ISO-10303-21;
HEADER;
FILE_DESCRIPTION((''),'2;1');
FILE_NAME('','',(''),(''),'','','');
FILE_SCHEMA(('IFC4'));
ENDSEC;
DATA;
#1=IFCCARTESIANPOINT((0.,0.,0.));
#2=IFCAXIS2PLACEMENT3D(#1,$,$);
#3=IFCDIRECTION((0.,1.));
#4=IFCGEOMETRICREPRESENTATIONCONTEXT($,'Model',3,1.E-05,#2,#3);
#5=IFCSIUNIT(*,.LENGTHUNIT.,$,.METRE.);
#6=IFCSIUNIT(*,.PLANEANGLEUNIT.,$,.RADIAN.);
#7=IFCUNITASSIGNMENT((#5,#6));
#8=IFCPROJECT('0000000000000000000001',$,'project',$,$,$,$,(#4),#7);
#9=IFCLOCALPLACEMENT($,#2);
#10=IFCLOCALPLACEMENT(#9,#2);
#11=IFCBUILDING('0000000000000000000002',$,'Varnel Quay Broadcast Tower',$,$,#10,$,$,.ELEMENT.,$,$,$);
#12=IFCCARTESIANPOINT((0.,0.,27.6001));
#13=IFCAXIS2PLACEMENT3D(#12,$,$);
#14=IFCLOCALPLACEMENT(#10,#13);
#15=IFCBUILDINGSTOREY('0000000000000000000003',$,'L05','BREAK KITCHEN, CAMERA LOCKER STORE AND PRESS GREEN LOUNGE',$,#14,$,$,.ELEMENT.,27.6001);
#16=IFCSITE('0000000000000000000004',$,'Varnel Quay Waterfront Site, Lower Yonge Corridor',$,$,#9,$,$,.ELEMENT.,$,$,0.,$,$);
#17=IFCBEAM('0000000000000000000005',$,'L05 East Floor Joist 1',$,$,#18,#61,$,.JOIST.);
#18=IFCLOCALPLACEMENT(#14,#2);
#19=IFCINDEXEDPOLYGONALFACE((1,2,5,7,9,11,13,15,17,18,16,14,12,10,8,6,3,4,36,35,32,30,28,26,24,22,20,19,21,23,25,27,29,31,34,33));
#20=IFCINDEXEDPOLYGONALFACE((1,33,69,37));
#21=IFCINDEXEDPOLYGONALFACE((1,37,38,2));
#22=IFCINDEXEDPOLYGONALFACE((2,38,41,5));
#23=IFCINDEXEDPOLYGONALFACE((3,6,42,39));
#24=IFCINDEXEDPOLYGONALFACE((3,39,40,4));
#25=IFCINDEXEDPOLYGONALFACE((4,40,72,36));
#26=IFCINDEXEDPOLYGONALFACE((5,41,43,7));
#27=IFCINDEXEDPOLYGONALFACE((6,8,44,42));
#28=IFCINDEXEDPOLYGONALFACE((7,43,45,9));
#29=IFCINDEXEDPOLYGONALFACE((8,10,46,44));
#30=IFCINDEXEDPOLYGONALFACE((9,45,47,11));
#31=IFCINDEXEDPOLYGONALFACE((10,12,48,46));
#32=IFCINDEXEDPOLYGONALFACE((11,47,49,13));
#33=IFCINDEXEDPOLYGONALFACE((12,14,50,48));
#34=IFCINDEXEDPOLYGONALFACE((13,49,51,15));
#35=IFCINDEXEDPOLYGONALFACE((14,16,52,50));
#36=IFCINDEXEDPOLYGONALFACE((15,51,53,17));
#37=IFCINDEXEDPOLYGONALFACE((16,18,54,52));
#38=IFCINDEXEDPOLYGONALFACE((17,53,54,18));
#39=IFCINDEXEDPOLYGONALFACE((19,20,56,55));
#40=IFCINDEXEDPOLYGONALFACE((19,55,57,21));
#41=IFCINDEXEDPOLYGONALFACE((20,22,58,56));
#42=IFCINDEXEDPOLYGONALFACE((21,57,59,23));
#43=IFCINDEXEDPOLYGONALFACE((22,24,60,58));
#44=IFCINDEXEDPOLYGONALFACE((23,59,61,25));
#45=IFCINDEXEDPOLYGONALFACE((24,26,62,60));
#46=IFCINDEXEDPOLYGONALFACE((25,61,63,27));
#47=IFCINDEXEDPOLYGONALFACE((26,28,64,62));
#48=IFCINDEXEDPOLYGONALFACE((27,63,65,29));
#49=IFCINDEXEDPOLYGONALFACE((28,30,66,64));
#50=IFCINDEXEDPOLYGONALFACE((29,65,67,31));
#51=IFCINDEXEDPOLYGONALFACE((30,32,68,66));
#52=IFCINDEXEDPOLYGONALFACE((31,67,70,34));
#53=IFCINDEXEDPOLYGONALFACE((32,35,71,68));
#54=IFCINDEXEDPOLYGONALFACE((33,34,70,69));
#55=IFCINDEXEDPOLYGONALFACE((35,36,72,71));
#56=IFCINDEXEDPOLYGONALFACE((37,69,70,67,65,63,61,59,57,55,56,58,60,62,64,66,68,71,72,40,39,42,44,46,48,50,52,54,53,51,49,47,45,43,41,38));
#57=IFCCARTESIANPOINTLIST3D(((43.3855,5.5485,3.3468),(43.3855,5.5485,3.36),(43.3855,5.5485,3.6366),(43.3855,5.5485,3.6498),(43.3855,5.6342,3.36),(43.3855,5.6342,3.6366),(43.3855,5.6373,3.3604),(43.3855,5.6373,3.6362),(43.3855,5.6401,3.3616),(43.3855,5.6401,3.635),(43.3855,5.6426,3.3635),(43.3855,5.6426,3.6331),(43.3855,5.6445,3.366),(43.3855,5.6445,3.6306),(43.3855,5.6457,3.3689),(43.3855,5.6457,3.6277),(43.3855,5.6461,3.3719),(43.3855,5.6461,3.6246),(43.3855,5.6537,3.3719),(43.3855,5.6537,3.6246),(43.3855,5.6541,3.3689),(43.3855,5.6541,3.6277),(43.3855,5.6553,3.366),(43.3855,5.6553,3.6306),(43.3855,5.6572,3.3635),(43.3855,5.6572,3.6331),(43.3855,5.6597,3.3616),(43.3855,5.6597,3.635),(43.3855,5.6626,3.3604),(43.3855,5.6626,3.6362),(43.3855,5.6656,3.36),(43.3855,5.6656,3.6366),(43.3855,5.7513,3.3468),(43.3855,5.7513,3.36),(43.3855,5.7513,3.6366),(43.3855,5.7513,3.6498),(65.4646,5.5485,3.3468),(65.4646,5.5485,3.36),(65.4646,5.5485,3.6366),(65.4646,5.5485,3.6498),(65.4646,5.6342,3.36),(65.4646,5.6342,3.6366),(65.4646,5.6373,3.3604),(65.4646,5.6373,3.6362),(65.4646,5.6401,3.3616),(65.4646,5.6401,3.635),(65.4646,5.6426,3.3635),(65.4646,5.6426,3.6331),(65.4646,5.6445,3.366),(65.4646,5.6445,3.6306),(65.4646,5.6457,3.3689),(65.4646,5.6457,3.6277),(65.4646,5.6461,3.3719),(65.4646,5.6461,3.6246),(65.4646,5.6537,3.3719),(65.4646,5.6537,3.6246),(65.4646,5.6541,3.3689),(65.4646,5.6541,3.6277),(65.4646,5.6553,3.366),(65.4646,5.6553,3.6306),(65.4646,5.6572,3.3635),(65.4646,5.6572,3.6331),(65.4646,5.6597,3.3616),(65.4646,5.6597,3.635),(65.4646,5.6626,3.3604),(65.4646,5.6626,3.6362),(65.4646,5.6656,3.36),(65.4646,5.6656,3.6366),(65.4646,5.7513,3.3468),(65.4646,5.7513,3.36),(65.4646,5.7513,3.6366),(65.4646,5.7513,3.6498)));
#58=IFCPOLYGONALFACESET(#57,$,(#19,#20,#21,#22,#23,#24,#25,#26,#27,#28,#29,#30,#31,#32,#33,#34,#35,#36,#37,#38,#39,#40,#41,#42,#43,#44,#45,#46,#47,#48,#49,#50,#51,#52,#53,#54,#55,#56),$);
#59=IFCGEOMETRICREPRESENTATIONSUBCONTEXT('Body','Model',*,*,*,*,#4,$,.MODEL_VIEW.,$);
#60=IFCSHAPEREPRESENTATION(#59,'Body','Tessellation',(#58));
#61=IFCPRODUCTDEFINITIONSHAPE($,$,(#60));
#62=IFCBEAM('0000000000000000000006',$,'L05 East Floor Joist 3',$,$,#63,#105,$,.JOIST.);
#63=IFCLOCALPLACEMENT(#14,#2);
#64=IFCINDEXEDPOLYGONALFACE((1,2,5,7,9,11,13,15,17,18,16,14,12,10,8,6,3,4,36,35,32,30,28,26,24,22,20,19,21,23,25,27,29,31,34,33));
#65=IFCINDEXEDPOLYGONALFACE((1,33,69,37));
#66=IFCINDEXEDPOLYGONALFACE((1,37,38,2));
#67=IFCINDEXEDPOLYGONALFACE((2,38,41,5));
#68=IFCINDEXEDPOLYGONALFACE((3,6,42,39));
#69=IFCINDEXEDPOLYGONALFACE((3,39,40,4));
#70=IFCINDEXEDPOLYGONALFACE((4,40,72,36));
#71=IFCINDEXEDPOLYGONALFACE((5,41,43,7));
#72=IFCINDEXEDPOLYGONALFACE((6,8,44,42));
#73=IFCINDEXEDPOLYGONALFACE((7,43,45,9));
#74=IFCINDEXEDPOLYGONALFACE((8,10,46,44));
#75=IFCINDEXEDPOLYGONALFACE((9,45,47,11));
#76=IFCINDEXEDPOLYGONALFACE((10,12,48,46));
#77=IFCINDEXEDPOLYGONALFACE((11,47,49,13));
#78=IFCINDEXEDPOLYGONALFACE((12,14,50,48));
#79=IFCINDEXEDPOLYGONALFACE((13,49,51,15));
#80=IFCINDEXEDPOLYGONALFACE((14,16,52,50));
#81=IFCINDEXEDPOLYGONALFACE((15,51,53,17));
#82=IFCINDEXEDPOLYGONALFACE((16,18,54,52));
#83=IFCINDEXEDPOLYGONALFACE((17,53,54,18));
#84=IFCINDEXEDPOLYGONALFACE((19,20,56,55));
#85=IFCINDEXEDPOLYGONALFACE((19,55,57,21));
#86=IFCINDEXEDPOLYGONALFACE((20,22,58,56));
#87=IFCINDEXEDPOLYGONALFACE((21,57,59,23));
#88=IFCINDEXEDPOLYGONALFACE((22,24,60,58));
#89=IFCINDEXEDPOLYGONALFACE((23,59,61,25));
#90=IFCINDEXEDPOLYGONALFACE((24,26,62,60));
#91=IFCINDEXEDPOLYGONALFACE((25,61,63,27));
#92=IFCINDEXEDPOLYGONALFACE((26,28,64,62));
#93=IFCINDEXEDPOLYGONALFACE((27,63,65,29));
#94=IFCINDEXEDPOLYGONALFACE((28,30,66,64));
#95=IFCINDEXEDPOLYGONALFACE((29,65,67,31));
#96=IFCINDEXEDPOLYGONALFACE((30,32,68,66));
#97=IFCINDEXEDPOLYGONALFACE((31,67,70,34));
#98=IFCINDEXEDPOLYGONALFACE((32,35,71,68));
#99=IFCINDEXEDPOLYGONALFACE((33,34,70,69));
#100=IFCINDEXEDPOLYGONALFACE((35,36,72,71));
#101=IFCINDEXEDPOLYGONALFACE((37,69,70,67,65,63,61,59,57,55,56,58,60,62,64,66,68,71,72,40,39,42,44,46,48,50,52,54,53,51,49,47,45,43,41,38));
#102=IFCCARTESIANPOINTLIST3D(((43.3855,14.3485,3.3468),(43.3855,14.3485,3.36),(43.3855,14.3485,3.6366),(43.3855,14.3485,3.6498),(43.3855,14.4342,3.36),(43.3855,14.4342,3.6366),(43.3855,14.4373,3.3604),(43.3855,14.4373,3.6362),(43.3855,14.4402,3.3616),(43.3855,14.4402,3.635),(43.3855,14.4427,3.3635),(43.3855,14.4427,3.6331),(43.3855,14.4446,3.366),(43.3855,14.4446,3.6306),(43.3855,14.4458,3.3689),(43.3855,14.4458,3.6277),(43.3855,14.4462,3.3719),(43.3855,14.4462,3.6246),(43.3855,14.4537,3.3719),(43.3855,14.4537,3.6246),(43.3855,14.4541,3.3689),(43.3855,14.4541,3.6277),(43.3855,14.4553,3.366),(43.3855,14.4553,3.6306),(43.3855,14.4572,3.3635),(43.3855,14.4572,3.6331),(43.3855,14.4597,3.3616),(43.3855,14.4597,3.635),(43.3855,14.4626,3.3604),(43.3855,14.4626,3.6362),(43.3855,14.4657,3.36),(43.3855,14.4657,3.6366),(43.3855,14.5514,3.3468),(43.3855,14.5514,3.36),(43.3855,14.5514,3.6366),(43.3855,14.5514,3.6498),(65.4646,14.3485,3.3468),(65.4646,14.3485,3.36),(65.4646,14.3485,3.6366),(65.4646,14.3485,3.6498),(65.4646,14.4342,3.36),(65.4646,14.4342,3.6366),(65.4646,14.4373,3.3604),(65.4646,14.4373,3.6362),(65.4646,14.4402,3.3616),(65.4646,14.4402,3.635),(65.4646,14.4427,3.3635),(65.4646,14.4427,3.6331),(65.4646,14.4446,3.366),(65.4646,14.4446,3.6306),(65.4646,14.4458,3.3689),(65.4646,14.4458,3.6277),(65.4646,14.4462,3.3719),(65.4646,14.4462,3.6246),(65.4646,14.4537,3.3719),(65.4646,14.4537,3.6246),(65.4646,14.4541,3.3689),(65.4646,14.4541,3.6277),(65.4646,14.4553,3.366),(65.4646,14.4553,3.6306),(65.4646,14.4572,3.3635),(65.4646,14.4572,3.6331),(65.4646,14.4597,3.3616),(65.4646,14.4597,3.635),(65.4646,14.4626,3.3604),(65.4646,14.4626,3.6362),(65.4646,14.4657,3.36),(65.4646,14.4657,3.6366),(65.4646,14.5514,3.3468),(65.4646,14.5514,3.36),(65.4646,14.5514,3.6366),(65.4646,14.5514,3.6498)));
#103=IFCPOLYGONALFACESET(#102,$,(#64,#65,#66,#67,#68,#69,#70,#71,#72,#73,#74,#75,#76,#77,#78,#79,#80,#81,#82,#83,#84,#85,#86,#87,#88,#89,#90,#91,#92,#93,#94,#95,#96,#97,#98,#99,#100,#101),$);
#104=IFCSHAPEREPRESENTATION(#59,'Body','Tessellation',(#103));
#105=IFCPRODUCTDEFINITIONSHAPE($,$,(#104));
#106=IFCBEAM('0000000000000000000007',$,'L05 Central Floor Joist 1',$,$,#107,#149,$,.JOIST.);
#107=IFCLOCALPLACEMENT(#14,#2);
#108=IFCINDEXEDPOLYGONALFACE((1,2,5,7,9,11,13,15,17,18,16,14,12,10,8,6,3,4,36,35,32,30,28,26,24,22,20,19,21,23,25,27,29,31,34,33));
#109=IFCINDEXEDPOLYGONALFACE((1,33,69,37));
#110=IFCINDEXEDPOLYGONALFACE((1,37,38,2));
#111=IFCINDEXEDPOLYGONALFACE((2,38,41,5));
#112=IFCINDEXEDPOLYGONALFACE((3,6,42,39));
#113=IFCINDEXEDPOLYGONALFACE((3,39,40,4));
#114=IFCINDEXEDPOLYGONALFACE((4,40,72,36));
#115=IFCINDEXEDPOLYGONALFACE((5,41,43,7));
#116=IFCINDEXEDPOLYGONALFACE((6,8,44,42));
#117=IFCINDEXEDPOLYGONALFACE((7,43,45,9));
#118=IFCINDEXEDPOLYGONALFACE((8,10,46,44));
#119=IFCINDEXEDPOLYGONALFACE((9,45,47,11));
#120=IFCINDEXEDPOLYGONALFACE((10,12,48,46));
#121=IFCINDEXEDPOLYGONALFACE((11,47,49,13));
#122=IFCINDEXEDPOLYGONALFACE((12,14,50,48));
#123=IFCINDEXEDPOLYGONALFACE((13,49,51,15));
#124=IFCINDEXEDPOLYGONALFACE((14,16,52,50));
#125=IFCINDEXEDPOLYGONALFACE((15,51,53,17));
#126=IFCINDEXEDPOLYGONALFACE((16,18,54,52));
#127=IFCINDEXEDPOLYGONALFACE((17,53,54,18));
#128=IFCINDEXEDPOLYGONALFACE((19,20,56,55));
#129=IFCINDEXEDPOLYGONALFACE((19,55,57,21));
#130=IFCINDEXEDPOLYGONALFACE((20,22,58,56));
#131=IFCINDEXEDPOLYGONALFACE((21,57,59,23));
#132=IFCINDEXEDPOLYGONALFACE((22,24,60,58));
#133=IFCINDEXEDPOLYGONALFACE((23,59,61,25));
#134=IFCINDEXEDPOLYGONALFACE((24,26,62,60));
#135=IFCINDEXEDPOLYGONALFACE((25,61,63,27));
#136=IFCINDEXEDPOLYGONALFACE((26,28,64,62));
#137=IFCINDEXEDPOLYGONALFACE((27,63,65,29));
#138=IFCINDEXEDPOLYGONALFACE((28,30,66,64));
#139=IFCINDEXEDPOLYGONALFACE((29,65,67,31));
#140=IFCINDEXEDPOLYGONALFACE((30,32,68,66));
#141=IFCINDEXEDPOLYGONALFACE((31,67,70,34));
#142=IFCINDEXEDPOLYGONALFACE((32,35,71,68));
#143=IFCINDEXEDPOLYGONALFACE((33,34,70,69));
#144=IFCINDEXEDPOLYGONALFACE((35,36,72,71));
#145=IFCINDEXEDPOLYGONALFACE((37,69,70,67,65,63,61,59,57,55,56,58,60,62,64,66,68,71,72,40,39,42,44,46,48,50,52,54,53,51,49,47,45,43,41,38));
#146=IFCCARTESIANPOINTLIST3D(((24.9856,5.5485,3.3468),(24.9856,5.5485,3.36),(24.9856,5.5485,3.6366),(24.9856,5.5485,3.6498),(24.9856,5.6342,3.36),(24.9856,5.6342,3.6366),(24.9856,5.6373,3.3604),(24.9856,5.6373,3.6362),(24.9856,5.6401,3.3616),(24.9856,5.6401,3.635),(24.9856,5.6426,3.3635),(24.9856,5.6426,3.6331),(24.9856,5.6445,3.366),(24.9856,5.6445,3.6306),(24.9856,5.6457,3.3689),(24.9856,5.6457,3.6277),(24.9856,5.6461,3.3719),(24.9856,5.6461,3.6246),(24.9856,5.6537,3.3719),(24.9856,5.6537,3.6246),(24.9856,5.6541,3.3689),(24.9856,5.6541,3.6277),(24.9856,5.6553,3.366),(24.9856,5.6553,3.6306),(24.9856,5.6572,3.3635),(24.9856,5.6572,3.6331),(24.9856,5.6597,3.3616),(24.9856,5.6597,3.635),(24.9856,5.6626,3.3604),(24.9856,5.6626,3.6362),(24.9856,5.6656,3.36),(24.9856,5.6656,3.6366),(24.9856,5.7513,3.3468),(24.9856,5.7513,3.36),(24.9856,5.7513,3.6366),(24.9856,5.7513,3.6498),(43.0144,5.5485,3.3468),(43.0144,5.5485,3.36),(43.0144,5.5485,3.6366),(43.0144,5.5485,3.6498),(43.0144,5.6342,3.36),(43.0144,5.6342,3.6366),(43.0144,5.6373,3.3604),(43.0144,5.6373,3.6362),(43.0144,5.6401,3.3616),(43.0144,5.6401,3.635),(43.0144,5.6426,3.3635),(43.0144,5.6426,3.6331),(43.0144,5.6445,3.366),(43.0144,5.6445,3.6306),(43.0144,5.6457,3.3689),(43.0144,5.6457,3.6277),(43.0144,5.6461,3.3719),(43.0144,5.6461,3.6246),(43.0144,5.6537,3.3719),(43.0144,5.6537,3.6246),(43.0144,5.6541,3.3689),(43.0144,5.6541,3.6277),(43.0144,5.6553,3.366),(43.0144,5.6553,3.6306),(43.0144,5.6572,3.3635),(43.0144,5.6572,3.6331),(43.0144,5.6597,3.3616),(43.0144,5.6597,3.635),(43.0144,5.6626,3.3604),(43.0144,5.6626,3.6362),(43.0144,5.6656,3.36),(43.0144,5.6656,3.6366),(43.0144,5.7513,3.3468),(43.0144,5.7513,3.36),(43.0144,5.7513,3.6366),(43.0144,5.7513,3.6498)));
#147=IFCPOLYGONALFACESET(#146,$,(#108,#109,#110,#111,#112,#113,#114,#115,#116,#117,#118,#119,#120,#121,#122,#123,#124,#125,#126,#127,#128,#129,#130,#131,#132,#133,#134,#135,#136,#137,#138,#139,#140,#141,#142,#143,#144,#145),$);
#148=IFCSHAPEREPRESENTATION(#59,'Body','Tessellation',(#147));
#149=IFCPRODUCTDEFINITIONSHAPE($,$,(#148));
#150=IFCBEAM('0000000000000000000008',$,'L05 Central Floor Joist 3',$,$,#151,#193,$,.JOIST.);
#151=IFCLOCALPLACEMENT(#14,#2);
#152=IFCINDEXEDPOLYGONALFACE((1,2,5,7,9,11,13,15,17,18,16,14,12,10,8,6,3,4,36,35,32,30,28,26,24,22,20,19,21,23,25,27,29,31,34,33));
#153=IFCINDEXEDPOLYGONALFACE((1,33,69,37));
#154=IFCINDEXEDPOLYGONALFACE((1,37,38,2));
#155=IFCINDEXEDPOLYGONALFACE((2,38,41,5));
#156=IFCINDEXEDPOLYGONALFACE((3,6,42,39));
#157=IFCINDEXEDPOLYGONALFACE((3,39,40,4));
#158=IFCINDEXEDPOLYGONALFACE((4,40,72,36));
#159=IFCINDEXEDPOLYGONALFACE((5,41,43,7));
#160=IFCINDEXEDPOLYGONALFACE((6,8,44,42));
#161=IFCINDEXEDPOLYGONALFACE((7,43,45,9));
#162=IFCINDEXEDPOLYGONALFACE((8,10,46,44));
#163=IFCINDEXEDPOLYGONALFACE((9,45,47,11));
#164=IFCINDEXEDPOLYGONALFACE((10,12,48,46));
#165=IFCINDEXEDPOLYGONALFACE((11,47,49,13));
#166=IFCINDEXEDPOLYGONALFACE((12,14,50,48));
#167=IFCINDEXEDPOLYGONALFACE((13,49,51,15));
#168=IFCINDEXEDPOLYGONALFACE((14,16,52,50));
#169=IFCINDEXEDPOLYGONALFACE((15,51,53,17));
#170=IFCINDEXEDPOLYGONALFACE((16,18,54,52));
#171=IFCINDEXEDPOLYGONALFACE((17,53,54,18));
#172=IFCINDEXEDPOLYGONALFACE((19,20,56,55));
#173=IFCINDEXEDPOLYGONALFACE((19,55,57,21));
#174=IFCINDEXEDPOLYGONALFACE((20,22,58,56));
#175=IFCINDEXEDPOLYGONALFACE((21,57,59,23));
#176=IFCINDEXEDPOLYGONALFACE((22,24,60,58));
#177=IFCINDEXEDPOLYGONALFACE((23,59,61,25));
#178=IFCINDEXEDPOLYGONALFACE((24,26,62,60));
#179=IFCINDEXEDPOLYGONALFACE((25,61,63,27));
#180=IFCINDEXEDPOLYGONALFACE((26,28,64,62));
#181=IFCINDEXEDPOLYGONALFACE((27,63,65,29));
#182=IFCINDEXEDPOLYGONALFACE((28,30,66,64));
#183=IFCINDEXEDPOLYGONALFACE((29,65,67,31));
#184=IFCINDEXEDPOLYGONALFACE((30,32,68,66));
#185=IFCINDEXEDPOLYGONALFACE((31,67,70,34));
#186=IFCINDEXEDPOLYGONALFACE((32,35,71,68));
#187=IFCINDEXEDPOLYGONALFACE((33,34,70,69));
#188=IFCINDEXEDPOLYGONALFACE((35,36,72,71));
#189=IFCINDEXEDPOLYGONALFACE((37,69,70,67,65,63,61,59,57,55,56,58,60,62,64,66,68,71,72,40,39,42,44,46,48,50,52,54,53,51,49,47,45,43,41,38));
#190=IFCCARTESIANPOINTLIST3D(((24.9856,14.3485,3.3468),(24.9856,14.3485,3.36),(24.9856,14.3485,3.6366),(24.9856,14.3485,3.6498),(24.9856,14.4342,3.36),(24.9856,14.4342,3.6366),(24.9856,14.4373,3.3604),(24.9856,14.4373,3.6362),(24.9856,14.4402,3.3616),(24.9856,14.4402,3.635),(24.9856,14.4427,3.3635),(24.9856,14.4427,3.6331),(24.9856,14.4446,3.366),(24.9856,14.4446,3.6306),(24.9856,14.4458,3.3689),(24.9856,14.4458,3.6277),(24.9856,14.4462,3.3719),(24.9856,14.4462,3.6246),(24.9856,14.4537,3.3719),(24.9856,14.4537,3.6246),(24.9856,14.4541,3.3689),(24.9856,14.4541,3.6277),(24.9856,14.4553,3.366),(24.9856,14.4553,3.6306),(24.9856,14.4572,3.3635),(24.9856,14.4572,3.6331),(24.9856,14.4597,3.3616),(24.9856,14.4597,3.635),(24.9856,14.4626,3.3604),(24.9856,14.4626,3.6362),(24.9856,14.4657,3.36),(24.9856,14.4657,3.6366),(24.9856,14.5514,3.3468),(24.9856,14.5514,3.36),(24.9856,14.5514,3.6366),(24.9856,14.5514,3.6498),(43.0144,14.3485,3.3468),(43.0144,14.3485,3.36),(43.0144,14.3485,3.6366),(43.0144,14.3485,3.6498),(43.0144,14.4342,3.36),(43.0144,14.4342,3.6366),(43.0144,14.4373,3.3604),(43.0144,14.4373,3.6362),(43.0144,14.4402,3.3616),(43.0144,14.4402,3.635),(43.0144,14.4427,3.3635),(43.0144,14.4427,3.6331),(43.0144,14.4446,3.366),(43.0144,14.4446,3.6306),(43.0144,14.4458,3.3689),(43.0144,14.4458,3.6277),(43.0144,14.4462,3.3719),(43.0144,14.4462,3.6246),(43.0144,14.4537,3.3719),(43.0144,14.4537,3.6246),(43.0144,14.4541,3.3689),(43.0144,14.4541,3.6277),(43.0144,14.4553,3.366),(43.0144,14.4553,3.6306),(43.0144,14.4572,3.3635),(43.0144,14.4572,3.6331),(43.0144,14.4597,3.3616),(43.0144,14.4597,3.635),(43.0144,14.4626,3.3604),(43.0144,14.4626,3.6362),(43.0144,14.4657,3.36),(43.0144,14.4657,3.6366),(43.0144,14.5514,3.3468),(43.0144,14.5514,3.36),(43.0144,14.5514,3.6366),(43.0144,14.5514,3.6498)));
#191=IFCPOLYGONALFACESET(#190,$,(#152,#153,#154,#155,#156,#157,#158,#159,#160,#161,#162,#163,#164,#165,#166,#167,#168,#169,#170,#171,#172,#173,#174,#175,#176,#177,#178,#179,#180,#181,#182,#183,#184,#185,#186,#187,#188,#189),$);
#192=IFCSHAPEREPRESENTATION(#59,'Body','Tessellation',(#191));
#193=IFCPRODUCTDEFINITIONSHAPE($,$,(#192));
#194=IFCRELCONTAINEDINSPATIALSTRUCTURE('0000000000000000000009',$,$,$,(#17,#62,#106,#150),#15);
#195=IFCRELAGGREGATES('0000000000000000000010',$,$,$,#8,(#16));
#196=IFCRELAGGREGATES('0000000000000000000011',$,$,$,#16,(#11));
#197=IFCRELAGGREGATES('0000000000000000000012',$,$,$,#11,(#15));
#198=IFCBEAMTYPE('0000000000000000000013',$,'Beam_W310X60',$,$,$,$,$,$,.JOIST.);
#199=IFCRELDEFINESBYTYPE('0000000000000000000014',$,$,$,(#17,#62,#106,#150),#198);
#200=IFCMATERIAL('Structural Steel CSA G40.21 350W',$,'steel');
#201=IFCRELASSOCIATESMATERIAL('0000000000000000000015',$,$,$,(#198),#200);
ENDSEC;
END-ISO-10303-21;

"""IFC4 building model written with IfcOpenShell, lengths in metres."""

from ifc_helpers import new_model, si_unit, direction, frame, origin, origin_2d, place, context, subcontext, project, spatial, i_section, extrude, source, transform, mapped, material, material_profile, profile_set, type_object, type_shapes, element, save


model = new_model("IFC4")

# Units and contexts
model_context = context("Model", 3, precision=1e-05, world=origin(), true_north=direction((0.0, 1.0)))
body_context = subcontext(model_context, "Body", "Model", "MODEL_VIEW")
ifc_project = project(units=[si_unit("LENGTHUNIT", "METRE"), si_unit("PLANEANGLEUNIT", "RADIAN")], contexts=[model_context])

# Site, building, storey
site_placement = place(None, origin())
site = spatial("IfcSite", under=ifc_project, at=site_placement, Name="Varnel Quay Waterfront Site, Lower Yonge Corridor", CompositionType="ELEMENT", RefElevation=0.0)
building_placement = place(site_placement, origin())
building = spatial("IfcBuilding", under=site, at=building_placement, Name="Varnel Quay Broadcast Tower", CompositionType="ELEMENT")
storey_placement = place(building_placement, frame((0.0, 0.0, 27.6001)))
storey = spatial("IfcBuildingStorey", under=building, at=storey_placement, Name="L05", Description="BREAK KITCHEN, CAMERA LOCKER STORE AND PRESS GREEN LOUNGE", CompositionType="ELEMENT", Elevation=27.6001)

# Shared definitions
ifc_material_1 = material(Name="Structural Steel CSA G40.21 350W", Category="steel")

# Beams
ifc_material_profile_1 = material_profile(ifc_material_1, i_section(OverallWidth=0.2029, OverallDepth=0.303, WebThickness=0.0076, FlangeThickness=0.0132, FilletRadius=0.012, at=origin_2d()), Name="W310X60")
ifc_profile_set_1 = profile_set([ifc_material_profile_1], Name="Structural Steel CSA G40.21 350W")
beam_type_1 = type_object("IfcBeamType", Name="Beam_W310X60", PredefinedType="JOIST", material=ifc_profile_set_1)
shared_shape_1 = source(origin(), body_context, "Body", "SweptSolid", [
    extrude(i_section(OverallWidth=0.2029, OverallDepth=0.303, WebThickness=0.0076, FlangeThickness=0.0132, FilletRadius=0.012, at=origin_2d()), origin(), (0.0, 0.0, 1.0), 22.0791),
])
for number, where, z_axis, x_axis, name in (
    (1, (43.3855, 5.6499, 3.4983), (1.0, 0.0, 0.0), (0.0, 1.0, 0.0), "L05 East Floor Joist 1"),
    (2, (43.3855, 14.45, 3.4983), (1.0, 0.0, 0.0), (0.0, 1.0, 0.0), "L05 East Floor Joist 3"),
):
    element("IfcBeam", number, at=place(storey_placement, frame(where, z_axis=z_axis, x_axis=x_axis)), inside=storey, type_object=beam_type_1, Name=name, PredefinedType="JOIST", context=body_context, shape_type="MappedRepresentation", body=[
        mapped(shared_shape_1, transform((0.0, 0.0, 0.0), x_axis=(1.0, 0.0, 0.0), y_axis=(0.0, 1.0, 0.0), z_axis=(0.0, 0.0, 1.0), scale=1.0)),
    ])
shared_shape_2 = source(origin(), body_context, "Body", "SweptSolid", [
    extrude(i_section(OverallWidth=0.2029, OverallDepth=0.303, WebThickness=0.0076, FlangeThickness=0.0132, FilletRadius=0.012, at=origin_2d()), origin(), (0.0, 0.0, 1.0), 18.0288),
])
type_shapes(beam_type_1, [shared_shape_1, shared_shape_2])
for number, where, z_axis, x_axis, name in (
    (3, (24.9856, 5.6499, 3.4983), (1.0, 0.0, 0.0), (0.0, 1.0, 0.0), "L05 Central Floor Joist 1"),
    (4, (24.9856, 14.45, 3.4983), (1.0, 0.0, 0.0), (0.0, 1.0, 0.0), "L05 Central Floor Joist 3"),
):
    element("IfcBeam", number, at=place(storey_placement, frame(where, z_axis=z_axis, x_axis=x_axis)), inside=storey, type_object=beam_type_1, Name=name, PredefinedType="JOIST", context=body_context, shape_type="MappedRepresentation", body=[
        mapped(shared_shape_2, transform((0.0, 0.0, 0.0), x_axis=(1.0, 0.0, 0.0), y_axis=(0.0, 1.0, 0.0), z_axis=(0.0, 0.0, 1.0), scale=1.0)),
    ])

save(model, "model.ifc")
